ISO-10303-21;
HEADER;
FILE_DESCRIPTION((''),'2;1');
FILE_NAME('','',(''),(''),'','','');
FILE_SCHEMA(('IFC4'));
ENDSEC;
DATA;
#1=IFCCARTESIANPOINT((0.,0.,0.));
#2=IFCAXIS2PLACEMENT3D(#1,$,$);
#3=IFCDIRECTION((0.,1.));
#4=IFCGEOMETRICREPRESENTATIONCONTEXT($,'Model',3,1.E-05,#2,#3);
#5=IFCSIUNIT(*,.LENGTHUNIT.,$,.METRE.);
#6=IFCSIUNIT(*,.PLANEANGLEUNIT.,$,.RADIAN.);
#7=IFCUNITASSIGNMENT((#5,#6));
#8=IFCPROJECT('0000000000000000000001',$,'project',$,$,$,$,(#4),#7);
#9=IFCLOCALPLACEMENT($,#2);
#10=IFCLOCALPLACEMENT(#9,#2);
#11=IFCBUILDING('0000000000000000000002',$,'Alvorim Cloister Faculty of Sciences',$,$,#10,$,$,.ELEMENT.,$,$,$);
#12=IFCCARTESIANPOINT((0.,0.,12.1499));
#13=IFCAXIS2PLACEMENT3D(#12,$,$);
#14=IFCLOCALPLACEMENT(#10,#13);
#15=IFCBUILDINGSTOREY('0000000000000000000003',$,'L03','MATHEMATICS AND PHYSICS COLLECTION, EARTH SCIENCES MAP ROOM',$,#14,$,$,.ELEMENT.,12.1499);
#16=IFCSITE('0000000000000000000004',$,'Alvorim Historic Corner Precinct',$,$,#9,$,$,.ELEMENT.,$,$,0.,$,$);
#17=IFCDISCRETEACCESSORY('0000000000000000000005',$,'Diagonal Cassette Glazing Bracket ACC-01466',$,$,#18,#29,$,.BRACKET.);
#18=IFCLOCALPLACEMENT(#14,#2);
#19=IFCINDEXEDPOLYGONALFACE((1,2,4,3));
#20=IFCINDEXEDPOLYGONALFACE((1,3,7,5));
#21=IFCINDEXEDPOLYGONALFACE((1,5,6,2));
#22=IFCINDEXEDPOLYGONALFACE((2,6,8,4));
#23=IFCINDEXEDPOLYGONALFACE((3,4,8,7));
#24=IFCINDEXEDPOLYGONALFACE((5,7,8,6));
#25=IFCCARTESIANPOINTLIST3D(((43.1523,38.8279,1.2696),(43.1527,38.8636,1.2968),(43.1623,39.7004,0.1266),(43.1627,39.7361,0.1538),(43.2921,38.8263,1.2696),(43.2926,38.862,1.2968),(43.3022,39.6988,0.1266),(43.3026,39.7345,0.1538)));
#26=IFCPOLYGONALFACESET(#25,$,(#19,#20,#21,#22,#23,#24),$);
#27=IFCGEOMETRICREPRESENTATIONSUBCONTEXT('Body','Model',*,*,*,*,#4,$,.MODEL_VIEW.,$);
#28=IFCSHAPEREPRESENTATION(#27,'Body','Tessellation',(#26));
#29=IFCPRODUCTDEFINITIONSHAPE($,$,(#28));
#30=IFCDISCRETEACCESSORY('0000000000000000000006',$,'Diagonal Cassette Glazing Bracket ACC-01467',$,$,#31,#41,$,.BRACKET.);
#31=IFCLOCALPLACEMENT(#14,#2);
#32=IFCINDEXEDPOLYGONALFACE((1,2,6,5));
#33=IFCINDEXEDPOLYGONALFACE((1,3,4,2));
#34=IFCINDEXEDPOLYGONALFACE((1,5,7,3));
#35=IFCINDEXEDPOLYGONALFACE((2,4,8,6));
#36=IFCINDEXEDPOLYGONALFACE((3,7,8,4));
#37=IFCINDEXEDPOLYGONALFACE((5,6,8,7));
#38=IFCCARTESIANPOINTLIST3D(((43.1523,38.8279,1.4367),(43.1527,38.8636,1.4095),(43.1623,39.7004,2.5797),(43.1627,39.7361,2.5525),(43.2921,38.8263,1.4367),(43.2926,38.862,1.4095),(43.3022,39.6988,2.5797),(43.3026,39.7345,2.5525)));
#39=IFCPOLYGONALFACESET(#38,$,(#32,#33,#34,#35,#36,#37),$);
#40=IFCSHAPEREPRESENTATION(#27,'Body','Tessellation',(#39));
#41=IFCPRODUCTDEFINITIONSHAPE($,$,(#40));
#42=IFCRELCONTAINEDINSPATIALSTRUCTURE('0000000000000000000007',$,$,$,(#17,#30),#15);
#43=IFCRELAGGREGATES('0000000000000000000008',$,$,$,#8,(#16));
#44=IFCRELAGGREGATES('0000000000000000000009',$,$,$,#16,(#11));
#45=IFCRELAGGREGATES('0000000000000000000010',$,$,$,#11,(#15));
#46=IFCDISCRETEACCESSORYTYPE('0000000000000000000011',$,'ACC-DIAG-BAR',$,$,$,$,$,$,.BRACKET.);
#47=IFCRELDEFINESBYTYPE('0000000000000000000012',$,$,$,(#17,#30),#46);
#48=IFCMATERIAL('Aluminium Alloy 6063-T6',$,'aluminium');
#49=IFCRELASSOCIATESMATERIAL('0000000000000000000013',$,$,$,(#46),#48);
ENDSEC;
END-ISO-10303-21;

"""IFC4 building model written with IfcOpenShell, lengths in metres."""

from ifc_helpers import new_model, si_unit, direction, frame, origin, origin_2d, place, context, subcontext, project, spatial, rectangle, extrude, material, type_object, element, save


model = new_model("IFC4")

# Units and contexts
model_context = context("Model", 3, precision=1e-05, world=origin(), true_north=direction((0.0, 1.0)))
body_context = subcontext(model_context, "Body", "Model", "MODEL_VIEW")
ifc_project = project(units=[si_unit("LENGTHUNIT", "METRE"), si_unit("PLANEANGLEUNIT", "RADIAN")], contexts=[model_context])

# Site, building, storey
site_placement = place(None, origin())
site = spatial("IfcSite", under=ifc_project, at=site_placement, Name="Alvorim Historic Corner Precinct", CompositionType="ELEMENT", RefElevation=0.0)
building_placement = place(site_placement, origin())
building = spatial("IfcBuilding", under=site, at=building_placement, Name="Alvorim Cloister Faculty of Sciences", CompositionType="ELEMENT")
storey_placement = place(building_placement, frame((0.0, 0.0, 12.1499)))
storey = spatial("IfcBuildingStorey", under=building, at=storey_placement, Name="L03", Description="MATHEMATICS AND PHYSICS COLLECTION, EARTH SCIENCES MAP ROOM", CompositionType="ELEMENT", Elevation=12.1499)

# Shared definitions
ifc_material_1 = material(Name="Aluminium Alloy 6063-T6", Category="aluminium")

# Discrete accessories
discrete_accessory_type = type_object("IfcDiscreteAccessoryType", Name="ACC-DIAG-BAR", PredefinedType="BRACKET", material=ifc_material_1)
for number, where, z_axis, x_axis, name in (
    (1, (43.2224, 38.845, 1.2832), (0.006961, 0.606755, -0.794859), (-0.999934, 0.011471, 0.0), "Diagonal Cassette Glazing Bracket ACC-01466"),
    (2, (43.2224, 38.845, 1.4231), (0.006961, 0.606755, 0.794859), (-0.999934, 0.011471, 0.0), "Diagonal Cassette Glazing Bracket ACC-01467"),
):
    element("IfcDiscreteAccessory", number, at=place(storey_placement, frame(where, z_axis=z_axis, x_axis=x_axis)), inside=storey, type_object=discrete_accessory_type, Name=name, PredefinedType="BRACKET", context=body_context, shape_type="SweptSolid", body=[
        extrude(rectangle(XDim=0.1399, YDim=0.0449, at=origin_2d()), origin(), (0.0, 0.0, 1.0), 1.438),
    ])

save(model, "model.ifc")
